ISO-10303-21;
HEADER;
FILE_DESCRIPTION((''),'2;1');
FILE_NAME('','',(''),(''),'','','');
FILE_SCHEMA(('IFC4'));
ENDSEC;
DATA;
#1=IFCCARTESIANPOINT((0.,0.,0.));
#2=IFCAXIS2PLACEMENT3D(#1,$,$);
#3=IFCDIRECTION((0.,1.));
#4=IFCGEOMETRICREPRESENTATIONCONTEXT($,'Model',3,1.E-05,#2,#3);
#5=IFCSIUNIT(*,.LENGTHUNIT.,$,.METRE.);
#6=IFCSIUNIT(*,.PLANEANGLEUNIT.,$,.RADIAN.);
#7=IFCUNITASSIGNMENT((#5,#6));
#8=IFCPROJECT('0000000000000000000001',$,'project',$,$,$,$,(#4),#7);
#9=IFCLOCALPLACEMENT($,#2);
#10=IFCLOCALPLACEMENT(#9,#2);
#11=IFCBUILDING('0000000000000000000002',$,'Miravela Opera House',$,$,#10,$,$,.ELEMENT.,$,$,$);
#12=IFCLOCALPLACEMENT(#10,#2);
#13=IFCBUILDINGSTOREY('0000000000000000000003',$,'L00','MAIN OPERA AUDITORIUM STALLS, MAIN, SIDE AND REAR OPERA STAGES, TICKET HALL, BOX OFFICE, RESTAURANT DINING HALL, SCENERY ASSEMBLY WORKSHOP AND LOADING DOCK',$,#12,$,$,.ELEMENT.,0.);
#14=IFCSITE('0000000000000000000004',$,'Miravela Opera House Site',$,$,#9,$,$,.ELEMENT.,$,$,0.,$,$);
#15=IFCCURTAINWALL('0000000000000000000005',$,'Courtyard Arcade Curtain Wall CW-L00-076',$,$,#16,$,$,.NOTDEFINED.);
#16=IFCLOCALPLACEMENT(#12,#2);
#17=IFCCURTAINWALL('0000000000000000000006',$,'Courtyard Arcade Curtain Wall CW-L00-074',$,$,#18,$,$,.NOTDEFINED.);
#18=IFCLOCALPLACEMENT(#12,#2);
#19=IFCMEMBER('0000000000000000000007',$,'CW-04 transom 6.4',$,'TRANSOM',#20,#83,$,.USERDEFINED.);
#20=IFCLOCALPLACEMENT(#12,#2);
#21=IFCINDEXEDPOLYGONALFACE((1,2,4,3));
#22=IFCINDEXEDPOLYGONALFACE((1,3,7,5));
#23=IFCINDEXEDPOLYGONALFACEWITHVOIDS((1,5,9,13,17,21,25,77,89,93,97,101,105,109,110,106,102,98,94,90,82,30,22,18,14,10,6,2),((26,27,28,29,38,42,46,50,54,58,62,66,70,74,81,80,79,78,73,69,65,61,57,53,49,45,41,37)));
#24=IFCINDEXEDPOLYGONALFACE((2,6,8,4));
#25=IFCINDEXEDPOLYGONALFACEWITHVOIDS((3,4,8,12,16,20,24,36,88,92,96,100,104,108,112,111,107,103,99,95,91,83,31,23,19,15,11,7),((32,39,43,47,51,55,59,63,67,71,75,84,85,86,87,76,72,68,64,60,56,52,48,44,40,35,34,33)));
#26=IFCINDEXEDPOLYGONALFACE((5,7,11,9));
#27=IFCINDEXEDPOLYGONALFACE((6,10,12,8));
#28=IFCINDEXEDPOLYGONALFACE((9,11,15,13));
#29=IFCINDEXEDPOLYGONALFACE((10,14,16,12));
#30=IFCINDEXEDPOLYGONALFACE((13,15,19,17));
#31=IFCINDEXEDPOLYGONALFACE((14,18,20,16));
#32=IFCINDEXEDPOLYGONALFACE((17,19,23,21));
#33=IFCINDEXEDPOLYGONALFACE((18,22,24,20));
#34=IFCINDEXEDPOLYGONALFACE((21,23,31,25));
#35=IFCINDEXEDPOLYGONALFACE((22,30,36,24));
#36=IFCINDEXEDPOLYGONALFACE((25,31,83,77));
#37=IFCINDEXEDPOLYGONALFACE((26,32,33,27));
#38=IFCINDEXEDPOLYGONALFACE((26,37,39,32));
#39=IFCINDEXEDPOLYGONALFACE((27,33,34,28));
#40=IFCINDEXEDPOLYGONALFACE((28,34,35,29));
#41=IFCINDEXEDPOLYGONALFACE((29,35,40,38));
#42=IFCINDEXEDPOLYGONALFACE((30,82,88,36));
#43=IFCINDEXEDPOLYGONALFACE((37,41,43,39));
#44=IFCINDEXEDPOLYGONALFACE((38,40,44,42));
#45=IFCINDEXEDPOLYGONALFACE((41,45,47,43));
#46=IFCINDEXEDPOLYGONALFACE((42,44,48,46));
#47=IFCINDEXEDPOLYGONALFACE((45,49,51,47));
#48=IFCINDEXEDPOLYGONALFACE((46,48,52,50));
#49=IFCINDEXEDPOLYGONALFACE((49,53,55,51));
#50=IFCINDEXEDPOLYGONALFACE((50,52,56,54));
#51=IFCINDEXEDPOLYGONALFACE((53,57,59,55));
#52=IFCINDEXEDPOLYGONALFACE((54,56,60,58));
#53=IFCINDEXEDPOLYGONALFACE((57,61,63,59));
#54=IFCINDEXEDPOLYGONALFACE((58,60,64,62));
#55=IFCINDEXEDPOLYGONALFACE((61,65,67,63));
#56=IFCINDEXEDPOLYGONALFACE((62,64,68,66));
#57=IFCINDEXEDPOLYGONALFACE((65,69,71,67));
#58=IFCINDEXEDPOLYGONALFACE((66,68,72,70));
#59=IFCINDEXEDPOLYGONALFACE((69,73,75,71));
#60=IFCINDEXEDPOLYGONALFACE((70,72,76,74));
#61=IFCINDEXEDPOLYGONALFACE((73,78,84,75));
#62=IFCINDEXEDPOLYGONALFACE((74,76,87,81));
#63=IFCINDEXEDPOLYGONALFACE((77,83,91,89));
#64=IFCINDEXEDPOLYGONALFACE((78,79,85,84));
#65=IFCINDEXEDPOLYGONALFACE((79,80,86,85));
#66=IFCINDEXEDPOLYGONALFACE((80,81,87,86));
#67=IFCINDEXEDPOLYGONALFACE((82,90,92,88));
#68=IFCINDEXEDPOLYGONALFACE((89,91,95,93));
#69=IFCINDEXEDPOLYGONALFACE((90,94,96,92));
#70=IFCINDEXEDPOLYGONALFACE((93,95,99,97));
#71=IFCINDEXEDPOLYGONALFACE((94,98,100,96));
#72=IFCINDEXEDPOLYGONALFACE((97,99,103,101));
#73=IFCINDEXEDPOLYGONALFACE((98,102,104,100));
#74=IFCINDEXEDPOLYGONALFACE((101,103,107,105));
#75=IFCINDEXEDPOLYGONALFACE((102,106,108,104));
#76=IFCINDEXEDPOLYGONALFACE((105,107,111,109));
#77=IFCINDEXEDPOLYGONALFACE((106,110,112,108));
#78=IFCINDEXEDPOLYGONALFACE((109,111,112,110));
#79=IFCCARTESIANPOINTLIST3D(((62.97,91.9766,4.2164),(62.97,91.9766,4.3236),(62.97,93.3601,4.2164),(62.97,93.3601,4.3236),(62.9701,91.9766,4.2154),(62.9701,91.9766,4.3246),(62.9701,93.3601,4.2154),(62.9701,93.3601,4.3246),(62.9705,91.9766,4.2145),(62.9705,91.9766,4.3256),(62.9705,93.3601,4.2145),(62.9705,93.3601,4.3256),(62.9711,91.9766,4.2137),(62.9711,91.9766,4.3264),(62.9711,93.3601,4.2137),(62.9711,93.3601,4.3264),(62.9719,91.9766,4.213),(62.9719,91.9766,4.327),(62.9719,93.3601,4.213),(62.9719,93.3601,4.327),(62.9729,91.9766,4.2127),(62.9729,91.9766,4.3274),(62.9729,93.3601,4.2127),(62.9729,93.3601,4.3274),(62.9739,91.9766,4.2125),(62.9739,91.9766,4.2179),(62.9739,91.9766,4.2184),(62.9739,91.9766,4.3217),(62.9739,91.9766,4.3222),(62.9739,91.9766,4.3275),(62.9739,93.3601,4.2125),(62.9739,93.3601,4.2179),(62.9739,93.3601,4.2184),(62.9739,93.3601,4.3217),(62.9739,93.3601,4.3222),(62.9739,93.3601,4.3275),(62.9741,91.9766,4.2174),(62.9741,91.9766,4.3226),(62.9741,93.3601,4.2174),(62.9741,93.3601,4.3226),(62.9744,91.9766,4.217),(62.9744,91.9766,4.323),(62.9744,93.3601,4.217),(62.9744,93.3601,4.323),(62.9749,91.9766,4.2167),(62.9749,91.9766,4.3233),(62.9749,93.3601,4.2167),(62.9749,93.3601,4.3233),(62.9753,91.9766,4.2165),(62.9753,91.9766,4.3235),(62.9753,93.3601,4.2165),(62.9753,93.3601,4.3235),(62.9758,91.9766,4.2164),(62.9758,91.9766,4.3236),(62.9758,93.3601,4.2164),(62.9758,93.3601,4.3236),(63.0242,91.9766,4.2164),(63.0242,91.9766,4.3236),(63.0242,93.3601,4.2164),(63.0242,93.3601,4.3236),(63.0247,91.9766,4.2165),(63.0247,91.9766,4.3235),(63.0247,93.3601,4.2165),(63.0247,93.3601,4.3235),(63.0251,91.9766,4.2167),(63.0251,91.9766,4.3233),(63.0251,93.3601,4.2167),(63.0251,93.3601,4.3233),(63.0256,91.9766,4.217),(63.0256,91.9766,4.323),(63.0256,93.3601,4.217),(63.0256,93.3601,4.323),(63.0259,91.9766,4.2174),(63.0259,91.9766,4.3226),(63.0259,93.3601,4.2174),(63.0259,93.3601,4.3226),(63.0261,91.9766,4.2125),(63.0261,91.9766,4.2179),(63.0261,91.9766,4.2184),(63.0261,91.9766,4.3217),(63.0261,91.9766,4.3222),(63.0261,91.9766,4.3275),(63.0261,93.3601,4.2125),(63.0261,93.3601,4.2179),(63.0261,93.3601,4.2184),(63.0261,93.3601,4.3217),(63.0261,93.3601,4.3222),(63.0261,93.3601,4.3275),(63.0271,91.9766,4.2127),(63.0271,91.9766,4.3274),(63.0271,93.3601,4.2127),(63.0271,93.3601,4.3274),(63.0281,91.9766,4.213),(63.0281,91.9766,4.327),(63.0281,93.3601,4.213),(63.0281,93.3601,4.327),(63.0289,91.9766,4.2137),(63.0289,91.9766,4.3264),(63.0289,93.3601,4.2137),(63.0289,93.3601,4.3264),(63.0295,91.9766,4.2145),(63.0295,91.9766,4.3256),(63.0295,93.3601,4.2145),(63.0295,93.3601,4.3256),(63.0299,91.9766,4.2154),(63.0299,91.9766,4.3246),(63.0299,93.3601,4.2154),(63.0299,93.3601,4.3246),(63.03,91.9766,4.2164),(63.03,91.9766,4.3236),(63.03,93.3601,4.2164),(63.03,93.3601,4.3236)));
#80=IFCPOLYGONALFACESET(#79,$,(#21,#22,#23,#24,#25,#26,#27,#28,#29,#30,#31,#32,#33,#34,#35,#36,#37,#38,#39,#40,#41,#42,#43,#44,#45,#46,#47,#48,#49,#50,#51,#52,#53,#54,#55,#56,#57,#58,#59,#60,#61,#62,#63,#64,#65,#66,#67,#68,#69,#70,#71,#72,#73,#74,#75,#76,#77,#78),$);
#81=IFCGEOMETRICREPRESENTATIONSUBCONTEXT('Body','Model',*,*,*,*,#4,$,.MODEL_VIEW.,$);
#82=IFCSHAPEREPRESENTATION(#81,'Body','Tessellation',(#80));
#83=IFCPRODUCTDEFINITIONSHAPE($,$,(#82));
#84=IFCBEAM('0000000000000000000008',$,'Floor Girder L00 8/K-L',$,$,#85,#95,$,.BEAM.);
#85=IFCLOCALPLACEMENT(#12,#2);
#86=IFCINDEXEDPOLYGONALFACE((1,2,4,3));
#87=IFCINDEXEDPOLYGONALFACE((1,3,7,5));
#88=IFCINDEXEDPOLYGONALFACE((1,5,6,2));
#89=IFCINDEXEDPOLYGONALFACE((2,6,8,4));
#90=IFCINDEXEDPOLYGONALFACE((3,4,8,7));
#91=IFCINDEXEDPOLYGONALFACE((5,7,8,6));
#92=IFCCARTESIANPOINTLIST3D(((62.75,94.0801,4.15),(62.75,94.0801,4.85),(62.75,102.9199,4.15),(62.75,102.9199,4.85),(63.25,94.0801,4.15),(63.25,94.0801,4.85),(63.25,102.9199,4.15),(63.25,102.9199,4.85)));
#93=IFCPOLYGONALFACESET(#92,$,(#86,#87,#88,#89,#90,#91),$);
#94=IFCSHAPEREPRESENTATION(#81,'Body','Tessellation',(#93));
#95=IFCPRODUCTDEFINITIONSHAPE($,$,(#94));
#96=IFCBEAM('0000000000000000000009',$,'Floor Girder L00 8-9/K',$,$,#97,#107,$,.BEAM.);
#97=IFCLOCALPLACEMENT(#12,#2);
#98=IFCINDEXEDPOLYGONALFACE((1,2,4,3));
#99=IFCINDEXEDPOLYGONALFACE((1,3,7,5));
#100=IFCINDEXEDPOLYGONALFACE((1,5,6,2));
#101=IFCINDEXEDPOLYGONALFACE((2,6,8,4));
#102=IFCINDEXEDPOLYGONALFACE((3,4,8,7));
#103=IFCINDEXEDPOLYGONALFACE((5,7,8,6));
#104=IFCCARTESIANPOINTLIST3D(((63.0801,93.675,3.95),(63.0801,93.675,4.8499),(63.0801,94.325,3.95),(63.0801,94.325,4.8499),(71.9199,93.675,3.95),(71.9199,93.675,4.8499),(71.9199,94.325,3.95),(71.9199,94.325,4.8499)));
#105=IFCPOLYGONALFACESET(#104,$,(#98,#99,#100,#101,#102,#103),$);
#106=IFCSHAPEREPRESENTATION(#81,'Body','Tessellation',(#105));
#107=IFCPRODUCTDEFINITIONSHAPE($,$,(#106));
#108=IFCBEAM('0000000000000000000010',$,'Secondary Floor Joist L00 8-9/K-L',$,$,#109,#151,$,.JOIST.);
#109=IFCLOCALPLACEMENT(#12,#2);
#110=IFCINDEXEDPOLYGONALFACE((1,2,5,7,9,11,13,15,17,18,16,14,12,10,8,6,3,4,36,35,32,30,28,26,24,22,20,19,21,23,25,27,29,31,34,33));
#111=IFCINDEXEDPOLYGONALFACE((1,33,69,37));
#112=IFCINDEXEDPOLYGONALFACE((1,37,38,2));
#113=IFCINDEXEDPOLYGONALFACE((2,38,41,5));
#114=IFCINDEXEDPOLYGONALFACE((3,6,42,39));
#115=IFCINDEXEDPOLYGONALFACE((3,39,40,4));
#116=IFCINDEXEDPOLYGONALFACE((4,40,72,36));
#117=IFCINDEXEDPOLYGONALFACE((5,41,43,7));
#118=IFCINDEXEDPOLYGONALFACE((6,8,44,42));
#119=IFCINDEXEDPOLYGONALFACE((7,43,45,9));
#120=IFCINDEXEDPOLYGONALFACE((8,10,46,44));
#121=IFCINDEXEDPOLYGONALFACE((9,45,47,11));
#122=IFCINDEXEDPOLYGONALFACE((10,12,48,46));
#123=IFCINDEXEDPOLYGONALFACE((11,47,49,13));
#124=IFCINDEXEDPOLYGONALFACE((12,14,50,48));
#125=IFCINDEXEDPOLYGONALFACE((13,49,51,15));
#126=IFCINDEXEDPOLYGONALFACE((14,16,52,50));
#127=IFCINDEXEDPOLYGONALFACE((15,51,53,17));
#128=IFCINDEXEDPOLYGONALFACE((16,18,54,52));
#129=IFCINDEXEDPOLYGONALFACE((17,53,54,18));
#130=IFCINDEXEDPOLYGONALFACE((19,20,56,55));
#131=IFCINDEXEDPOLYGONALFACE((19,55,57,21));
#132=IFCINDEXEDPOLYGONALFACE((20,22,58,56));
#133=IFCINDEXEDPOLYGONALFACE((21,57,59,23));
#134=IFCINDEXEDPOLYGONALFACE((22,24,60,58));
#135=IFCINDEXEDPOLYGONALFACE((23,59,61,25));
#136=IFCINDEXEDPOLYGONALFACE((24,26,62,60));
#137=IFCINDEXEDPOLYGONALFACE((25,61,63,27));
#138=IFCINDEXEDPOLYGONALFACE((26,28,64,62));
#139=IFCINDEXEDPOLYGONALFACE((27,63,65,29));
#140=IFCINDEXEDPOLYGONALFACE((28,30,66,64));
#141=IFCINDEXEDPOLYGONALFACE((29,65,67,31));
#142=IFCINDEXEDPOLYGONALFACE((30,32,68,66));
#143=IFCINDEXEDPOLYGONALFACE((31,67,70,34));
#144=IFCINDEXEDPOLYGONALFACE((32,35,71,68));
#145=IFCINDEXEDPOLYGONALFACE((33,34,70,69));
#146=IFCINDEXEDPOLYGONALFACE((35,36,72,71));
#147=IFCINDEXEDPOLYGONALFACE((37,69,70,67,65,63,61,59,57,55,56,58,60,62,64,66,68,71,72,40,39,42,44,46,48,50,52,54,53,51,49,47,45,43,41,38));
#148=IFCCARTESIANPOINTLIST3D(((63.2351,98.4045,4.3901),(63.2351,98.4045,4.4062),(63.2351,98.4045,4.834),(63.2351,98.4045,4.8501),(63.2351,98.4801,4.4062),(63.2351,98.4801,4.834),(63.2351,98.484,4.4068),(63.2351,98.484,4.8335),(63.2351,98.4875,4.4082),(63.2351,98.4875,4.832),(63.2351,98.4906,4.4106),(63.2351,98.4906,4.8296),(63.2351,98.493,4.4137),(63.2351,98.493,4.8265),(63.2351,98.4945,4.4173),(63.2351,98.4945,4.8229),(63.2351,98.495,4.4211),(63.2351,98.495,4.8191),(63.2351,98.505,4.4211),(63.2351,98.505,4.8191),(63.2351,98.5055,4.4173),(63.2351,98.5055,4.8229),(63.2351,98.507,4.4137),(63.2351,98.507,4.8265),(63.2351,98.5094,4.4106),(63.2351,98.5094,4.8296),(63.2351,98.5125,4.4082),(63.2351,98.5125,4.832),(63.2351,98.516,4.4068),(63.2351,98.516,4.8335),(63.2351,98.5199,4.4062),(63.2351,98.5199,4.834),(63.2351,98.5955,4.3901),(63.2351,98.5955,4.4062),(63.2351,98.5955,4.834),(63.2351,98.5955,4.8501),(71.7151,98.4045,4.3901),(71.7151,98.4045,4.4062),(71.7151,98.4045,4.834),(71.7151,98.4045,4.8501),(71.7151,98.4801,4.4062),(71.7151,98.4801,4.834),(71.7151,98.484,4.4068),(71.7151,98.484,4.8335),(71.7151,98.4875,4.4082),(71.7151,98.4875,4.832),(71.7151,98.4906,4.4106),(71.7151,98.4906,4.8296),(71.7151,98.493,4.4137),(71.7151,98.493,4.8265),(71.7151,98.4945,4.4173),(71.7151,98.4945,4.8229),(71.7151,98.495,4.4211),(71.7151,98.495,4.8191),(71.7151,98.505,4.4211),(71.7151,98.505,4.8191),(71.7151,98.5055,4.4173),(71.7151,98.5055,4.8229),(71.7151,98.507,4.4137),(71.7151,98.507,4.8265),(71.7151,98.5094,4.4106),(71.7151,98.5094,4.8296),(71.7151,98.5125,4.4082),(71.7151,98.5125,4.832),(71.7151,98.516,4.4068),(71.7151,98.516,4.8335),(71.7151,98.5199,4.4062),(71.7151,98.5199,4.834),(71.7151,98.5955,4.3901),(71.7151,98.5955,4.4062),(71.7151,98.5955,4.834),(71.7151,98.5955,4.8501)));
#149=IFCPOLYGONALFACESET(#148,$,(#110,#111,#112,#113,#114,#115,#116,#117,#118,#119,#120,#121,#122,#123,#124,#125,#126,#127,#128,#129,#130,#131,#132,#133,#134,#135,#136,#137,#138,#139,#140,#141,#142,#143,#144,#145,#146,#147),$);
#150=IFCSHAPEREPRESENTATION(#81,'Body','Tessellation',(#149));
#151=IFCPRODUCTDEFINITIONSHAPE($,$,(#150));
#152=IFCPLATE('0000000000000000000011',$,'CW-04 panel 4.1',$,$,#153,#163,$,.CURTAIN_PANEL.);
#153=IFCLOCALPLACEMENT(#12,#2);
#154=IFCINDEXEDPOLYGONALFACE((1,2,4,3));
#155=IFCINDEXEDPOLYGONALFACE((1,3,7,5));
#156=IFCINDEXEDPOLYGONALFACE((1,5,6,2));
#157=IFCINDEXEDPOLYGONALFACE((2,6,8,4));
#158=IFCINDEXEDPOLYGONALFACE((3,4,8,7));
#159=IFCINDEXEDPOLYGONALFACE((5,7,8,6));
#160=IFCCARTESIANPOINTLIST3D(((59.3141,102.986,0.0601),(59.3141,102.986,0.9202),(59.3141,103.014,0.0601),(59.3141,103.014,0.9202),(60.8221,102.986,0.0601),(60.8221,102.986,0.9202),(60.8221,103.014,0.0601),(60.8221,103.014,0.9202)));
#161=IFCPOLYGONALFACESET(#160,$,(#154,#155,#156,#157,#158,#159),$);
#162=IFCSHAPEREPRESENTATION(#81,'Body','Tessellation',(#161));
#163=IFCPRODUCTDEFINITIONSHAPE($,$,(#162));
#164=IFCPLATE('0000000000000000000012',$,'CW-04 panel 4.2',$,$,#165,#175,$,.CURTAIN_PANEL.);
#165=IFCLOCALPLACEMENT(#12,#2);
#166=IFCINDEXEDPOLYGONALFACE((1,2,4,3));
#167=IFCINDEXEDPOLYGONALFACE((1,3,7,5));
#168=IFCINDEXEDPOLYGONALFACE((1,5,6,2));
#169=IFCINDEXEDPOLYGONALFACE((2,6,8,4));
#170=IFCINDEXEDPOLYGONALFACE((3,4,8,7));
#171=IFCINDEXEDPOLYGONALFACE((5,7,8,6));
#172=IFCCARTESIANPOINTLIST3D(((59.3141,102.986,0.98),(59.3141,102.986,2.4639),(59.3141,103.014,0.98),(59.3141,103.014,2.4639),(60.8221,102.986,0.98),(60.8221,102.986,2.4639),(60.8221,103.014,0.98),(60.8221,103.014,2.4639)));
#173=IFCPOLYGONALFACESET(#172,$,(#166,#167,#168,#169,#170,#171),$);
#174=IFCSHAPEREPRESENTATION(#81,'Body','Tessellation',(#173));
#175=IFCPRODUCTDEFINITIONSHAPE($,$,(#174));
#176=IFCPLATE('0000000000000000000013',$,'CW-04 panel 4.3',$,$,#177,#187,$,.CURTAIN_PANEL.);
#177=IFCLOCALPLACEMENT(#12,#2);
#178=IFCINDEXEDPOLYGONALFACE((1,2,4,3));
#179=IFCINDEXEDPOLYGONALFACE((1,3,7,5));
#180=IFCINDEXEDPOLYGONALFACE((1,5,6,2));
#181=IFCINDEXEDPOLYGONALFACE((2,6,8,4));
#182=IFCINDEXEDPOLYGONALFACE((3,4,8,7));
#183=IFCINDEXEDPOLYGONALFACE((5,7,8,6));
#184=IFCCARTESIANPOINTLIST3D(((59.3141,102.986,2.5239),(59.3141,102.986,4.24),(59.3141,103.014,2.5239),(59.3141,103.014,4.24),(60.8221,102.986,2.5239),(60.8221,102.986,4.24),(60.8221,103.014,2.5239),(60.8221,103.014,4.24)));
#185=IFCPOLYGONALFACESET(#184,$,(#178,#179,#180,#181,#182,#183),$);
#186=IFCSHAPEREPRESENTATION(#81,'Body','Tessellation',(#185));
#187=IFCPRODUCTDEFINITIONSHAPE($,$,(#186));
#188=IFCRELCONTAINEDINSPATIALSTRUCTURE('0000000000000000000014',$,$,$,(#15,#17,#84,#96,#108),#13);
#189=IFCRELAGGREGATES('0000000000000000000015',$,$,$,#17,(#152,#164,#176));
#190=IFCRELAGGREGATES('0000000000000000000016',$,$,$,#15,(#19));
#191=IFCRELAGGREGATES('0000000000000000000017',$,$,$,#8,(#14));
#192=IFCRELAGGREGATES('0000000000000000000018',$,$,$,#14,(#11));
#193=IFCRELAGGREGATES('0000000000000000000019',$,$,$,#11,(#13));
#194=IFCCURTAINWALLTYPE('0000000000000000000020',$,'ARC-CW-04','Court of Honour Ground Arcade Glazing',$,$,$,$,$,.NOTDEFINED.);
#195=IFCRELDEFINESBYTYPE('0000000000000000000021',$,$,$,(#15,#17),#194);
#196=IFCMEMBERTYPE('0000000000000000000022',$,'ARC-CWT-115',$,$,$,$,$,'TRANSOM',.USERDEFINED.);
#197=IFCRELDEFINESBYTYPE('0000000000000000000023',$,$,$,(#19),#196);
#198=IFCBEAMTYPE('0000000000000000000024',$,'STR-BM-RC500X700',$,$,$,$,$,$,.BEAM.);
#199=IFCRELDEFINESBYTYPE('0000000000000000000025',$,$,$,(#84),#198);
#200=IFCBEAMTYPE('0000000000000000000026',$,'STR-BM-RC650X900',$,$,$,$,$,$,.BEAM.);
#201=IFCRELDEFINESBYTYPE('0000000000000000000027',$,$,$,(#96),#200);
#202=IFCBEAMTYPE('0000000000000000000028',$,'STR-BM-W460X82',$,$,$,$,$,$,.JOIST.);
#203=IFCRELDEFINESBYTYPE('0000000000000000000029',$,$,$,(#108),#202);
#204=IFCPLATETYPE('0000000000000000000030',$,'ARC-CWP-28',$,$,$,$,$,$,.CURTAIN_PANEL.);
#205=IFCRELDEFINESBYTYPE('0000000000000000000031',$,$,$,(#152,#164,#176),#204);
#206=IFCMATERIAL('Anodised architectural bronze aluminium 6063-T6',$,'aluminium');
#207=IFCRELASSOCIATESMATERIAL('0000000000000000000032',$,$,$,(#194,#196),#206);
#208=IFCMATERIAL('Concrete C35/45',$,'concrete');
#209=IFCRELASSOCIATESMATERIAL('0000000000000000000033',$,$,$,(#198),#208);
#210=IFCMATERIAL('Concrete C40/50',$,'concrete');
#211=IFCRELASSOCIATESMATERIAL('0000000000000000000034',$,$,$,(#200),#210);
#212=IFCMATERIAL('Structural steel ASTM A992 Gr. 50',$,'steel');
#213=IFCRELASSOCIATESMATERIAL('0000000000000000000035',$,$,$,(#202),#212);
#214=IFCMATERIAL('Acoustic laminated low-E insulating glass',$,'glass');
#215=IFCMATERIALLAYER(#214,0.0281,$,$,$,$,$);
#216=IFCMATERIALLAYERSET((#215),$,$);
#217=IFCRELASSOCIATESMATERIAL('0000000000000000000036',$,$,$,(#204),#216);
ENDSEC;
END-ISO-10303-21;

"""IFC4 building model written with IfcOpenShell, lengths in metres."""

from ifc_helpers import new_model, si_unit, direction, frame, origin, origin_2d, place, context, subcontext, project, spatial, rectangle, hollow_rectangle, i_section, extrude, material, layer, layer_set, material_profile, profile_set, type_object, element, aggregate, save


model = new_model("IFC4")

# Units and contexts
model_context = context("Model", 3, precision=1e-05, world=origin(), true_north=direction((0.0, 1.0)))
body_context = subcontext(model_context, "Body", "Model", "MODEL_VIEW")
ifc_project = project(units=[si_unit("LENGTHUNIT", "METRE"), si_unit("PLANEANGLEUNIT", "RADIAN")], contexts=[model_context])

# Site, building, storey
site_placement = place(None, origin())
site = spatial("IfcSite", under=ifc_project, at=site_placement, Name="Miravela Opera House Site", CompositionType="ELEMENT", RefElevation=0.0)
building_placement = place(site_placement, origin())
building = spatial("IfcBuilding", under=site, at=building_placement, Name="Miravela Opera House", CompositionType="ELEMENT")
storey_placement = place(building_placement, origin())
storey = spatial("IfcBuildingStorey", under=building, at=storey_placement, Name="L00", Description="MAIN OPERA AUDITORIUM STALLS, MAIN, SIDE AND REAR OPERA STAGES, TICKET HALL, BOX OFFICE, RESTAURANT DINING HALL, SCENERY ASSEMBLY WORKSHOP AND LOADING DOCK", CompositionType="ELEMENT", Elevation=0.0)

# Shared definitions
ifc_material_1 = material(Name="Concrete C40/50", Category="concrete")

# Curtain wall
ifc_material_2 = material(Name="Anodised architectural bronze aluminium 6063-T6", Category="aluminium")
curtain_wall_type = type_object("IfcCurtainWallType", Name="ARC-CW-04", Description="Court of Honour Ground Arcade Glazing", PredefinedType="NOTDEFINED", material=ifc_material_2)
curtain_wall_1_placement = place(storey_placement, origin())
curtain_wall_1 = element("IfcCurtainWall", 1, at=curtain_wall_1_placement, inside=storey, type_object=curtain_wall_type, Name="Courtyard Arcade Curtain Wall CW-L00-076", PredefinedType="NOTDEFINED")

# Curtain wall
curtain_wall_2_placement = place(storey_placement, origin())
curtain_wall_2 = element("IfcCurtainWall", 2, at=curtain_wall_2_placement, inside=storey, type_object=curtain_wall_type, Name="Courtyard Arcade Curtain Wall CW-L00-074", PredefinedType="NOTDEFINED")
ifc_material_profile_1 = material_profile(ifc_material_2, hollow_rectangle(XDim=0.0601, YDim=0.115, WallThickness=0.0039, InnerFilletRadius=0.002, OuterFilletRadius=0.0039, at=origin_2d()), Name="CWT-60X115")
ifc_profile_set_1 = profile_set([ifc_material_profile_1])
member_type_1 = type_object("IfcMemberType", Name="ARC-CWT-115", ElementType="TRANSOM", PredefinedType="USERDEFINED", material=ifc_profile_set_1)

# Member
member_1_placement = place(storey_placement, frame((63.0, 91.9766, 4.27), z_axis=(0.0, 1.0, 0.0), x_axis=(-1.0, 0.0, 0.0)))
member_1 = element("IfcMember", 3, at=member_1_placement, type_object=member_type_1, Name="CW-04 transom 6.4", ObjectType="TRANSOM", PredefinedType="USERDEFINED", context=body_context, shape_type="SweptSolid", body=[
    extrude(hollow_rectangle(XDim=0.0601, YDim=0.115, WallThickness=0.0039, InnerFilletRadius=0.002, OuterFilletRadius=0.0039, at=origin_2d()), origin(), (0.0, 0.0, 1.0), 1.3835),
])

# Beams
ifc_material_3 = material(Name="Concrete C35/45", Category="concrete")
ifc_material_profile_2 = material_profile(ifc_material_3, rectangle(XDim=0.5, YDim=0.7, at=origin_2d()), Name="RC-BM-500X700")
ifc_profile_set_2 = profile_set([ifc_material_profile_2])
beam_type_1 = type_object("IfcBeamType", Name="STR-BM-RC500X700", PredefinedType="BEAM", material=ifc_profile_set_2)
beam_1_placement = place(storey_placement, frame((63.0, 94.0801, 4.5), z_axis=(0.0, 1.0, 0.0), x_axis=(-1.0, 0.0, 0.0)))
element("IfcBeam", 4, at=beam_1_placement, inside=storey, type_object=beam_type_1, Name="Floor Girder L00 8/K-L", PredefinedType="BEAM", context=body_context, shape_type="SweptSolid", body=[
    extrude(rectangle(XDim=0.5, YDim=0.7, at=origin_2d()), origin(), (0.0, 0.0, 1.0), 8.8398),
])
ifc_material_profile_3 = material_profile(ifc_material_1, rectangle(XDim=0.6499, YDim=0.8999, at=origin_2d()), Name="RC-BM-650X900")
ifc_profile_set_3 = profile_set([ifc_material_profile_3])
beam_type_2 = type_object("IfcBeamType", Name="STR-BM-RC650X900", PredefinedType="BEAM", material=ifc_profile_set_3)
beam_2_placement = place(storey_placement, frame((63.0801, 94.0, 4.3999), z_axis=(1.0, 0.0, 0.0), x_axis=(0.0, 1.0, 0.0)))
element("IfcBeam", 5, at=beam_2_placement, inside=storey, type_object=beam_type_2, Name="Floor Girder L00 8-9/K", PredefinedType="BEAM", context=body_context, shape_type="SweptSolid", body=[
    extrude(rectangle(XDim=0.6499, YDim=0.8999, at=origin_2d()), origin(), (0.0, 0.0, 1.0), 8.8398),
])
ifc_material_4 = material(Name="Structural steel ASTM A992 Gr. 50", Category="steel")
ifc_material_profile_4 = material_profile(ifc_material_4, i_section(OverallWidth=0.1909, OverallDepth=0.46, WebThickness=0.01, FlangeThickness=0.0161, FilletRadius=0.0149, at=origin_2d()), Name="W460X82")
ifc_profile_set_4 = profile_set([ifc_material_profile_4])
beam_type_3 = type_object("IfcBeamType", Name="STR-BM-W460X82", PredefinedType="JOIST", material=ifc_profile_set_4)
beam_3_placement = place(storey_placement, frame((63.2351, 98.5, 4.6201), z_axis=(1.0, 0.0, 0.0), x_axis=(0.0, 1.0, 0.0)))
element("IfcBeam", 6, at=beam_3_placement, inside=storey, type_object=beam_type_3, Name="Secondary Floor Joist L00 8-9/K-L", PredefinedType="JOIST", context=body_context, shape_type="SweptSolid", body=[
    extrude(i_section(OverallWidth=0.1909, OverallDepth=0.46, WebThickness=0.01, FlangeThickness=0.0161, FilletRadius=0.0149, at=origin_2d()), origin(), (0.0, 0.0, 1.0), 8.48),
])

# Plates
ifc_material_5 = material(Name="Acoustic laminated low-E insulating glass", Category="glass")
ifc_layer_1 = layer(ifc_material_5, 0.0281)
ifc_layer_set_1 = layer_set([ifc_layer_1])
plate_type = type_object("IfcPlateType", Name="ARC-CWP-28", PredefinedType="CURTAIN_PANEL", material=ifc_layer_set_1)
plate_1_placement = place(storey_placement, frame((60.0681, 103.0, 0.0601), z_axis=(0.0, 0.0, 1.0), x_axis=(1.0, 0.0, 0.0)))
plate_1 = element("IfcPlate", 7, at=plate_1_placement, type_object=plate_type, Name="CW-04 panel 4.1", PredefinedType="CURTAIN_PANEL", context=body_context, shape_type="SweptSolid", body=[
    extrude(rectangle(XDim=1.5081, YDim=0.0281, at=origin_2d()), origin(), (0.0, 0.0, 1.0), 0.8601),
])
plate_2_placement = place(storey_placement, frame((60.0681, 103.0, 0.98), z_axis=(0.0, 0.0, 1.0), x_axis=(1.0, 0.0, 0.0)))
plate_2 = element("IfcPlate", 8, at=plate_2_placement, type_object=plate_type, Name="CW-04 panel 4.2", PredefinedType="CURTAIN_PANEL", context=body_context, shape_type="SweptSolid", body=[
    extrude(rectangle(XDim=1.5081, YDim=0.0281, at=origin_2d()), origin(), (0.0, 0.0, 1.0), 1.4839),
])
plate_3_placement = place(storey_placement, frame((60.0681, 103.0, 2.5239), z_axis=(0.0, 0.0, 1.0), x_axis=(1.0, 0.0, 0.0)))
plate_3 = element("IfcPlate", 9, at=plate_3_placement, type_object=plate_type, Name="CW-04 panel 4.3", PredefinedType="CURTAIN_PANEL", context=body_context, shape_type="SweptSolid", body=[
    extrude(rectangle(XDim=1.5081, YDim=0.0281, at=origin_2d()), origin(), (0.0, 0.0, 1.0), 1.7161),
])
aggregate(curtain_wall_2, [plate_1, plate_2, plate_3])
aggregate(curtain_wall_1, [member_1])

save(model, "model.ifc")
